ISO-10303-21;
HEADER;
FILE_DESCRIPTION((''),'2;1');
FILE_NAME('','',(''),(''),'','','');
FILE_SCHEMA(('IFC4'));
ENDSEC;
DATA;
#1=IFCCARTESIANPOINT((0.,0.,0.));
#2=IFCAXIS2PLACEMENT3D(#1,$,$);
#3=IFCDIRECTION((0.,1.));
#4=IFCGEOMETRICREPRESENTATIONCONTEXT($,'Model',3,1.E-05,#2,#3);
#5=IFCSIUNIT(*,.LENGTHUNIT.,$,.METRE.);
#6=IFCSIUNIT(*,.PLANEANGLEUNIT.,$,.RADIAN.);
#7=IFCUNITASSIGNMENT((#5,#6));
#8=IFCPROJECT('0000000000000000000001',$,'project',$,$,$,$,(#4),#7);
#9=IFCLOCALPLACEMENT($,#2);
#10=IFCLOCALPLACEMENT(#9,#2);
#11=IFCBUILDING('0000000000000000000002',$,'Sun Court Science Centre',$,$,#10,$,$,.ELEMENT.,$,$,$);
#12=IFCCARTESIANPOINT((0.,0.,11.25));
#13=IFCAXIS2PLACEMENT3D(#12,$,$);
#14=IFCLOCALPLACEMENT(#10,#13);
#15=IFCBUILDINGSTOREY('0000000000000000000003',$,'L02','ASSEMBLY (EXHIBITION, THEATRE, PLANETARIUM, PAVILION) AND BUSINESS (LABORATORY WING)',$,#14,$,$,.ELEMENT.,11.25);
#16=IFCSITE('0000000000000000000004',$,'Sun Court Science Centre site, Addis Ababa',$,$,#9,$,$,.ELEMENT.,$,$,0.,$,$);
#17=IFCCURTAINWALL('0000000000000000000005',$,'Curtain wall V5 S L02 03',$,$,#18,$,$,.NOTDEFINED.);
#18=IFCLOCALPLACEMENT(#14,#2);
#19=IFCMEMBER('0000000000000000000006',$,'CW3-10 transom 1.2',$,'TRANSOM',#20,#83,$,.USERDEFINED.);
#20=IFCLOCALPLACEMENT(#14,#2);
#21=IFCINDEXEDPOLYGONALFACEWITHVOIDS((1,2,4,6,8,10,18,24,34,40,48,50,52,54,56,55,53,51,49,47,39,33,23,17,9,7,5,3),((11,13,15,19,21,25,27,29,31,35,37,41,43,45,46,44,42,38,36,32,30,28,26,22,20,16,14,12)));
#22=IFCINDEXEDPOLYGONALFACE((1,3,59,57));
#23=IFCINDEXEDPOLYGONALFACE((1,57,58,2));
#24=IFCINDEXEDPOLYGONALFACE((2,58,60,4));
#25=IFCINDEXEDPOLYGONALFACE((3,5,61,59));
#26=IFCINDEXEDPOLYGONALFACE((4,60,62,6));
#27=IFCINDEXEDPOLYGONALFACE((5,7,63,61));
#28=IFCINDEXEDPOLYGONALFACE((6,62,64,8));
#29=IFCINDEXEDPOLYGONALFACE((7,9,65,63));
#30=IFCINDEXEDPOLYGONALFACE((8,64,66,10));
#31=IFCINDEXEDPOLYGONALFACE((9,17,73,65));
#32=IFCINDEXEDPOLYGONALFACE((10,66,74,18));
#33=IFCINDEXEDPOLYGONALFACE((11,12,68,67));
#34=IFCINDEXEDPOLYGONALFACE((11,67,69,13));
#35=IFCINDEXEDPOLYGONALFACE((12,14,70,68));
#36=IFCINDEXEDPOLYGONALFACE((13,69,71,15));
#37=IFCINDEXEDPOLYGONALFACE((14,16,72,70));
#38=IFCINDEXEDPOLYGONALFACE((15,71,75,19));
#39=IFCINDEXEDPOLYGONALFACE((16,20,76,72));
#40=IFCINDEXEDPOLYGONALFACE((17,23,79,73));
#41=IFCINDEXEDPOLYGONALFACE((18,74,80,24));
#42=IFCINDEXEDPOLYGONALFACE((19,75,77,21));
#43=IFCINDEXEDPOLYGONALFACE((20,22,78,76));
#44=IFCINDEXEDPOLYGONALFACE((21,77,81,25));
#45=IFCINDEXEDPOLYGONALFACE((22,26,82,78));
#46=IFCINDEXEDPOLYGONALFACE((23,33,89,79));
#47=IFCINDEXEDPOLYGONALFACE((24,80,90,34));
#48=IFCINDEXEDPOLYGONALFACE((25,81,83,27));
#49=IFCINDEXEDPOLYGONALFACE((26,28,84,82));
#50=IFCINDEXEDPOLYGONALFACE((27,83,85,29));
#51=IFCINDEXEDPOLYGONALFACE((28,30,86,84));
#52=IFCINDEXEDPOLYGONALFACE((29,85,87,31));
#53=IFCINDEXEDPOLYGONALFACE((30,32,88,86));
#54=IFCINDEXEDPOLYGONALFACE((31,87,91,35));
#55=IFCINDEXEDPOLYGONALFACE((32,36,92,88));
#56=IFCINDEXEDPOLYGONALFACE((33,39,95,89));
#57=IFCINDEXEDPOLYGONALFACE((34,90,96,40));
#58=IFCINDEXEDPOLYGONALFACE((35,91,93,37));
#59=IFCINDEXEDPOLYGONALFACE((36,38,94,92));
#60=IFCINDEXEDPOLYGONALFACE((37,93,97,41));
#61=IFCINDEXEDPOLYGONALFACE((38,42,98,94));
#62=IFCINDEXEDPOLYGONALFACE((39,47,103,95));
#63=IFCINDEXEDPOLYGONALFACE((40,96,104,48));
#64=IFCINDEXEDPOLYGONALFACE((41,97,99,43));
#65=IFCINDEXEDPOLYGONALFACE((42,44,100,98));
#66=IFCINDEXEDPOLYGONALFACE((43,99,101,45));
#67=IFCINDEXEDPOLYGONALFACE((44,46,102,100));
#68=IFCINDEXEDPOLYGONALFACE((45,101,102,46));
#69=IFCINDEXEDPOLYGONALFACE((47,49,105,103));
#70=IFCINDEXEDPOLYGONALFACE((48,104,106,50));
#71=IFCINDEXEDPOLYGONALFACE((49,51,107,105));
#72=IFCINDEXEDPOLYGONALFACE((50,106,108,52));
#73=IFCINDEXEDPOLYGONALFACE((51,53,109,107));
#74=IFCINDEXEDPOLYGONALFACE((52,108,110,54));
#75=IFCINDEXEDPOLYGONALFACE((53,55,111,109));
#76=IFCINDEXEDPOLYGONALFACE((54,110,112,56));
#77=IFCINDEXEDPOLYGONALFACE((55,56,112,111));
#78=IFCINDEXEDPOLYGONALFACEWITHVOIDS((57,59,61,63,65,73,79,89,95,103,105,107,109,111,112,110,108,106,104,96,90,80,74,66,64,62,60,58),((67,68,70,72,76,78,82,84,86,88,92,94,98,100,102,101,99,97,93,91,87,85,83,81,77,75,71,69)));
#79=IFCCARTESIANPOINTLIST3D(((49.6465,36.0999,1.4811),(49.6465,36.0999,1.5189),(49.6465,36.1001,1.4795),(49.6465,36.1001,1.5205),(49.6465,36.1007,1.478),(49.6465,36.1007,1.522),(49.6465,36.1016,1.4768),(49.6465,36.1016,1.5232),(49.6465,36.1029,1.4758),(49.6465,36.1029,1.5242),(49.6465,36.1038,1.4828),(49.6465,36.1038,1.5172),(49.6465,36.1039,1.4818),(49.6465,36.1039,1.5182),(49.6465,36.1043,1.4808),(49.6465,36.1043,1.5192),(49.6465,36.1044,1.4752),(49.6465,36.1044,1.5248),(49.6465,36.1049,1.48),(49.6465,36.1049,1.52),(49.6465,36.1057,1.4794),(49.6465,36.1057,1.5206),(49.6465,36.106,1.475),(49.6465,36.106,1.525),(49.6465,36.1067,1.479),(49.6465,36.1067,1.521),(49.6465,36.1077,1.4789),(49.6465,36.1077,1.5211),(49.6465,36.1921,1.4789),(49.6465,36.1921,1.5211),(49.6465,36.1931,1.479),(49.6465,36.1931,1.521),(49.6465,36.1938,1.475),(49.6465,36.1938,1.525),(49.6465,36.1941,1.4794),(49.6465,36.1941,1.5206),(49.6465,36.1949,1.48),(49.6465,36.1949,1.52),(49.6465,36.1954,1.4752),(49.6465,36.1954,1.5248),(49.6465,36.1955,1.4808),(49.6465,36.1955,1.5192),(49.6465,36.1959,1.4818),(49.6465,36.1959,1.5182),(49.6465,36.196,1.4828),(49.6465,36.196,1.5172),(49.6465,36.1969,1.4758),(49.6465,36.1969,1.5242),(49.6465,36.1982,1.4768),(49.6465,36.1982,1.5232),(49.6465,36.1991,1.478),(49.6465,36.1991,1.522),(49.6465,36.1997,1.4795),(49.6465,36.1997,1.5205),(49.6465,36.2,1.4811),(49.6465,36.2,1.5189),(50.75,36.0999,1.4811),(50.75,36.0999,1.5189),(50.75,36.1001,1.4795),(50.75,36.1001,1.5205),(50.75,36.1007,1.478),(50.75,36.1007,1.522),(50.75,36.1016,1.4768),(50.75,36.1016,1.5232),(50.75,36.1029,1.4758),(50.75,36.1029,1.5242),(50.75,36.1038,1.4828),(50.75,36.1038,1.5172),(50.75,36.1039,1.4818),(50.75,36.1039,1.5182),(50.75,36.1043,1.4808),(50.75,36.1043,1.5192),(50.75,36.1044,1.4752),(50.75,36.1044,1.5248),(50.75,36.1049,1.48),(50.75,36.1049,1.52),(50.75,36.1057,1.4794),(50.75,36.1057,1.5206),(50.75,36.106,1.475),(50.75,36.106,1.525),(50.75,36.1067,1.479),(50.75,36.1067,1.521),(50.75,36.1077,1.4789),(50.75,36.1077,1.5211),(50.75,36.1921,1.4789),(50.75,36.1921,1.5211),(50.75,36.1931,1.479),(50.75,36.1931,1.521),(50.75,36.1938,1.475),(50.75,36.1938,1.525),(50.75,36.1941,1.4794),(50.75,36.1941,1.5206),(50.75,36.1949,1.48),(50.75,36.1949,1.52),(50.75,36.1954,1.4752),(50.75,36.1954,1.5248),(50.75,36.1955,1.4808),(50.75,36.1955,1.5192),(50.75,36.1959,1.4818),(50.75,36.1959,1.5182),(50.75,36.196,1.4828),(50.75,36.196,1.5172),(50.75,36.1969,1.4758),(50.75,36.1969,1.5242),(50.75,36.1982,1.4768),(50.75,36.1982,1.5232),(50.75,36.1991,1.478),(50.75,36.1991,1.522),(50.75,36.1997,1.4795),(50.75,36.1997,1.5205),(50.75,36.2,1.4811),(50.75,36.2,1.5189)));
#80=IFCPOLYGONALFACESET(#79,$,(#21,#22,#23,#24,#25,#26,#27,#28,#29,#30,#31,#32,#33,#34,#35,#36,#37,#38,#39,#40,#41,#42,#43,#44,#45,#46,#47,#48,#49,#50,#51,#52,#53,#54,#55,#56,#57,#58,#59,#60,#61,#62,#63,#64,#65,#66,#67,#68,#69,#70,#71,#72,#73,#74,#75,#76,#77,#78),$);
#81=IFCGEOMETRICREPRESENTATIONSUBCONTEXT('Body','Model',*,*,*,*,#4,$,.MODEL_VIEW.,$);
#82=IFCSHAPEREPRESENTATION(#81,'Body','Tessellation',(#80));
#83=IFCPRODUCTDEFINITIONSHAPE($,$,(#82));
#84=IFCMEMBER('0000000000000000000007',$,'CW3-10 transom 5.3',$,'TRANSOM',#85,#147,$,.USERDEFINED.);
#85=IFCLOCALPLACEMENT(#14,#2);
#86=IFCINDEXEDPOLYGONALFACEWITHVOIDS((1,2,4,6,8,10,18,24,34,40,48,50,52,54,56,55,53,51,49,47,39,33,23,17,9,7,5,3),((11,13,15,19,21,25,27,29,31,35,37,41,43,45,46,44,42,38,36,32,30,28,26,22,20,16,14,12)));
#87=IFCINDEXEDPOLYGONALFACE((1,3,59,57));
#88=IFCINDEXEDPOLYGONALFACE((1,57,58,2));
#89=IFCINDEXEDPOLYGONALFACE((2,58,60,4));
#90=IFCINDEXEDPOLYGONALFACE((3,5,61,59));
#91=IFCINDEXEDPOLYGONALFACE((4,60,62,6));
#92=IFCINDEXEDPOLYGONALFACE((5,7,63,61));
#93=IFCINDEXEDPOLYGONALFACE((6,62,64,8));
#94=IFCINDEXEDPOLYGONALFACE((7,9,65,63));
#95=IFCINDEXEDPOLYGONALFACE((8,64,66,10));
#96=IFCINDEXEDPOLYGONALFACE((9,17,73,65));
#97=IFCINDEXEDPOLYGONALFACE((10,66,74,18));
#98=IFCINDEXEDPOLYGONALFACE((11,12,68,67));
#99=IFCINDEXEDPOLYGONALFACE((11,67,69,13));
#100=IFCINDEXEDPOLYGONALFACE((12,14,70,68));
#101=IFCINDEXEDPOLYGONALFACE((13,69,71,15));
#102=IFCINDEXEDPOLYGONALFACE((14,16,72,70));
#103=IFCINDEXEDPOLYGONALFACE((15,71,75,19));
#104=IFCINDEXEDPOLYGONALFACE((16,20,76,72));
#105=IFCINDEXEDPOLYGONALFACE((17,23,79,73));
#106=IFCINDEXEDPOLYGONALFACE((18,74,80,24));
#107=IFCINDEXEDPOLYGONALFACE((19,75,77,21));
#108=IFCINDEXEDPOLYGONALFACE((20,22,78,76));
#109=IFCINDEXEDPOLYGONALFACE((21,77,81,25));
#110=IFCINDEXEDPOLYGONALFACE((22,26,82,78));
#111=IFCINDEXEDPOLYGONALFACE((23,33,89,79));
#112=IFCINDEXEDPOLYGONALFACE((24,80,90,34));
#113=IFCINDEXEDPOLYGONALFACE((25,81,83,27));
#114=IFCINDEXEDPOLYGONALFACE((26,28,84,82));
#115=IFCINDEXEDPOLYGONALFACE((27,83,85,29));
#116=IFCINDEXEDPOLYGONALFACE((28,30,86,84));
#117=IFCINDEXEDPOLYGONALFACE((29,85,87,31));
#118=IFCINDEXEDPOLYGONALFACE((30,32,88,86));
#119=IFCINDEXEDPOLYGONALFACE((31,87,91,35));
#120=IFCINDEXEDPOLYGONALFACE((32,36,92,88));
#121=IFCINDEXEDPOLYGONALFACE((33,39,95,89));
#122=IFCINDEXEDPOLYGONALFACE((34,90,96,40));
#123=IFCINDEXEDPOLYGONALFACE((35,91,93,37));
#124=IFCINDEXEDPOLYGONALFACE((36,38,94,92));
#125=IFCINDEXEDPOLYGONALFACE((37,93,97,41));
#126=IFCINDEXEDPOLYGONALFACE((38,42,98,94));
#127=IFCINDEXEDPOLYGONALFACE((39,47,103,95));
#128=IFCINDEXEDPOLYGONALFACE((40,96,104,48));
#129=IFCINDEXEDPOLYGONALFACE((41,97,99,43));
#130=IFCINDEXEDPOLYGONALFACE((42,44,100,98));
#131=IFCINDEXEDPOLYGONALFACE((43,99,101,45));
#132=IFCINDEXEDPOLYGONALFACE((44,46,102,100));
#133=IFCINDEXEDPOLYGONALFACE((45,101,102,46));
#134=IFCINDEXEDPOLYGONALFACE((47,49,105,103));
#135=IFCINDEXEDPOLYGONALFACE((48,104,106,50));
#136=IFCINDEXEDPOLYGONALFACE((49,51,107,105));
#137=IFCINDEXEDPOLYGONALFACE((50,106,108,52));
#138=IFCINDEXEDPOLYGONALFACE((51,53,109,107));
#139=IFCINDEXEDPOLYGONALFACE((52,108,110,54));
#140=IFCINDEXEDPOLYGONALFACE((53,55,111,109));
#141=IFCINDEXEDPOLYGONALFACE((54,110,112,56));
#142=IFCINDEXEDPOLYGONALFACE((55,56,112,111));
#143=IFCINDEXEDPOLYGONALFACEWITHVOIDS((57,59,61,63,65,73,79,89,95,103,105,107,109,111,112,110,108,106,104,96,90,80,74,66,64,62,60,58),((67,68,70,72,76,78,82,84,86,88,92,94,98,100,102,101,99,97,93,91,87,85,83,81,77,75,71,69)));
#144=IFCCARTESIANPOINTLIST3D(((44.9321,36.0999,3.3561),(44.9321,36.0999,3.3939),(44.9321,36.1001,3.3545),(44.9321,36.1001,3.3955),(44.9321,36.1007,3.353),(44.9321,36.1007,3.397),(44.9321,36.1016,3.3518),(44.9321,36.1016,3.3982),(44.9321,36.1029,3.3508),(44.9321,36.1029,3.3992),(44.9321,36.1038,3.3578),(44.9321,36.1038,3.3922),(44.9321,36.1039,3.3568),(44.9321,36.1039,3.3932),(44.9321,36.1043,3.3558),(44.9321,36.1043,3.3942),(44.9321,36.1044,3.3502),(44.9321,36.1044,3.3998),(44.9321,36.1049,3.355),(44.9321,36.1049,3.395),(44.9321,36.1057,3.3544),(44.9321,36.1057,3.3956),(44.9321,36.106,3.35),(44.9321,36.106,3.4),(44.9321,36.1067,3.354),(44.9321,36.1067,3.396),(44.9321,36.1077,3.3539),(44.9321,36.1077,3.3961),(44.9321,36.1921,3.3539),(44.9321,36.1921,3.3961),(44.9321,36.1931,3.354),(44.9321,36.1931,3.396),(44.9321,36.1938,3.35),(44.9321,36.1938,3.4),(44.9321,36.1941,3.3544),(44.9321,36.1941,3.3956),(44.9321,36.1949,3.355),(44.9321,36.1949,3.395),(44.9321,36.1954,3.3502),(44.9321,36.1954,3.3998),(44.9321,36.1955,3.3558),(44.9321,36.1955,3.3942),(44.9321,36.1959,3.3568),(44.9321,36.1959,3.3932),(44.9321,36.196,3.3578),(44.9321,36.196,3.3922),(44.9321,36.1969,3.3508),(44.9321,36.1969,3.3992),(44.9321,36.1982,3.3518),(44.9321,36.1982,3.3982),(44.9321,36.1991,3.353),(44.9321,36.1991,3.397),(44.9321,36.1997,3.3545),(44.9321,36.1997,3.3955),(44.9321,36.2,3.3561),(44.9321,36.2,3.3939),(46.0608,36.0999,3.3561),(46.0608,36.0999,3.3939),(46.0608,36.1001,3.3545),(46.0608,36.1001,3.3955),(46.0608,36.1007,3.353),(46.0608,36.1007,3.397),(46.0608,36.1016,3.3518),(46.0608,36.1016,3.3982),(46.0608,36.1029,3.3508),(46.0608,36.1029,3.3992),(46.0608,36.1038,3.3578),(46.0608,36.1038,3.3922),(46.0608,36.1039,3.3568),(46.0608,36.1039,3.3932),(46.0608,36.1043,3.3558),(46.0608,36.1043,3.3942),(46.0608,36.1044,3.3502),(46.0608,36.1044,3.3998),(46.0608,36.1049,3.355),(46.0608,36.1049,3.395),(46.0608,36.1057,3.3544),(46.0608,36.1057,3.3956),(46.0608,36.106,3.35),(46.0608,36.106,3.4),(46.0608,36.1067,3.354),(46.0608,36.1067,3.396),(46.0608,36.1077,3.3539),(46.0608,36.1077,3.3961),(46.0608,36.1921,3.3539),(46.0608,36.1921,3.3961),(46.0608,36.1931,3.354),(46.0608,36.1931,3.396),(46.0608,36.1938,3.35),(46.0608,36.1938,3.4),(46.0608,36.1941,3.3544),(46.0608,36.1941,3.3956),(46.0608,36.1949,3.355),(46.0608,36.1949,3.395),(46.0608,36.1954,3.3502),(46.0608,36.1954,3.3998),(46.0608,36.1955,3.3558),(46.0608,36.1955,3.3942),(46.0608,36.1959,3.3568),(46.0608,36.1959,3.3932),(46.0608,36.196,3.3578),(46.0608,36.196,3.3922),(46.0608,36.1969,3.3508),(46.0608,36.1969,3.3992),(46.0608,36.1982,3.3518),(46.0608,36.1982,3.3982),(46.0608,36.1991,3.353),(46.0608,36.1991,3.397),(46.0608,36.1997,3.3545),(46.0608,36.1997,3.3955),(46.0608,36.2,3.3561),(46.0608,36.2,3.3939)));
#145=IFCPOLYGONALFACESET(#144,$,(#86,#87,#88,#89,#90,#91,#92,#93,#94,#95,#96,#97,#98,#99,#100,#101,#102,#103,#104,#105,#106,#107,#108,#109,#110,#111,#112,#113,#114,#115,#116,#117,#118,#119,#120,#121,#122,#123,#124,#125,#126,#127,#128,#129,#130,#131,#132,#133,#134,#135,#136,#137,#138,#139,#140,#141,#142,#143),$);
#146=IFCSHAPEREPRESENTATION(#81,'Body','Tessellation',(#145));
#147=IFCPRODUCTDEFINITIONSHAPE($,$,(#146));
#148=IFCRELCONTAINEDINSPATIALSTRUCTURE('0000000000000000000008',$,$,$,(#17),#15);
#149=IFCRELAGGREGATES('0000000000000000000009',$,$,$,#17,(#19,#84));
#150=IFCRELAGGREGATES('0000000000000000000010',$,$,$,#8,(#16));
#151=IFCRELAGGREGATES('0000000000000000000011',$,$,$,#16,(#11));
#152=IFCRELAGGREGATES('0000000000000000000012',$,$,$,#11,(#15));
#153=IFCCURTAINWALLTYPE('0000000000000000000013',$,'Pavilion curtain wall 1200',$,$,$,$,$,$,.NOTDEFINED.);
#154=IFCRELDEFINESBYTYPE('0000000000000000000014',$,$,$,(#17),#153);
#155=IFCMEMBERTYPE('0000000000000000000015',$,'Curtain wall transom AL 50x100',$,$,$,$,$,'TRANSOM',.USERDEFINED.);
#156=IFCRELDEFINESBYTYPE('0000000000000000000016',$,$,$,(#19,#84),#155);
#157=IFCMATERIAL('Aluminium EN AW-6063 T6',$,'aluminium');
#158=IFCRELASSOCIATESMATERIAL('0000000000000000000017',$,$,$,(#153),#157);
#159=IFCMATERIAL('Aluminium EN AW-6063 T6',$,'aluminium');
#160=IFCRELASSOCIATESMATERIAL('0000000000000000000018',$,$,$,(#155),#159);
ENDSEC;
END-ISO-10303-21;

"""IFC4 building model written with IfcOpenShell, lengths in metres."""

from ifc_helpers import new_model, si_unit, direction, frame, origin, origin_2d, place, context, subcontext, project, spatial, hollow_rectangle, extrude, material, material_profile, profile_set, type_object, element, aggregate, save


model = new_model("IFC4")

# Units and contexts
model_context = context("Model", 3, precision=1e-05, world=origin(), true_north=direction((0.0, 1.0)))
body_context = subcontext(model_context, "Body", "Model", "MODEL_VIEW")
ifc_project = project(units=[si_unit("LENGTHUNIT", "METRE"), si_unit("PLANEANGLEUNIT", "RADIAN")], contexts=[model_context])

# Site, building, storey
site_placement = place(None, origin())
site = spatial("IfcSite", under=ifc_project, at=site_placement, Name="Sun Court Science Centre site, Addis Ababa", CompositionType="ELEMENT", RefElevation=0.0)
building_placement = place(site_placement, origin())
building = spatial("IfcBuilding", under=site, at=building_placement, Name="Sun Court Science Centre", CompositionType="ELEMENT")
storey_placement = place(building_placement, frame((0.0, 0.0, 11.25)))
storey = spatial("IfcBuildingStorey", under=building, at=storey_placement, Name="L02", Description="ASSEMBLY (EXHIBITION, THEATRE, PLANETARIUM, PAVILION) AND BUSINESS (LABORATORY WING)", CompositionType="ELEMENT", Elevation=11.25)

# Curtain wall, members
ifc_material_1 = material(Name="Aluminium EN AW-6063 T6", Category="aluminium")
curtain_wall_type = type_object("IfcCurtainWallType", Name="Pavilion curtain wall 1200", PredefinedType="NOTDEFINED", material=ifc_material_1)
curtain_wall_placement = place(storey_placement, origin())
curtain_wall = element("IfcCurtainWall", 1, at=curtain_wall_placement, inside=storey, type_object=curtain_wall_type, Name="Curtain wall V5 S L02 03", PredefinedType="NOTDEFINED")
ifc_material_2 = material(Name="Aluminium EN AW-6063 T6", Category="aluminium")
ifc_material_profile_1 = material_profile(ifc_material_2, hollow_rectangle(XDim=0.05, YDim=0.1001, WallThickness=0.0039, InnerFilletRadius=0.0039, OuterFilletRadius=0.0061, at=origin_2d()), Name="AL 50x100x4")
ifc_profile_set_1 = profile_set([ifc_material_profile_1], Name="Aluminium EN AW-6063 T6")
member_type_1 = type_object("IfcMemberType", Name="Curtain wall transom AL 50x100", ElementType="TRANSOM", PredefinedType="USERDEFINED", material=ifc_profile_set_1)
member_1_placement = place(storey_placement, frame((50.75, 36.1499, 1.5), z_axis=(-1.0, 0.0, 0.0), x_axis=(0.0, 0.0, 1.0)))
member_1 = element("IfcMember", 2, at=member_1_placement, type_object=member_type_1, Name="CW3-10 transom 1.2", ObjectType="TRANSOM", PredefinedType="USERDEFINED", context=body_context, shape_type="SweptSolid", body=[
    extrude(hollow_rectangle(XDim=0.05, YDim=0.1001, WallThickness=0.0039, InnerFilletRadius=0.0039, OuterFilletRadius=0.0061, at=origin_2d()), origin(), (0.0, 0.0, 1.0), 1.1035),
])
member_2_placement = place(storey_placement, frame((46.0608, 36.1499, 3.375), z_axis=(-1.0, 0.0, 0.0), x_axis=(0.0, 0.0, 1.0)))
member_2 = element("IfcMember", 3, at=member_2_placement, type_object=member_type_1, Name="CW3-10 transom 5.3", ObjectType="TRANSOM", PredefinedType="USERDEFINED", context=body_context, shape_type="SweptSolid", body=[
    extrude(hollow_rectangle(XDim=0.05, YDim=0.1001, WallThickness=0.0039, InnerFilletRadius=0.0039, OuterFilletRadius=0.0061, at=origin_2d()), origin(), (0.0, 0.0, 1.0), 1.1287),
])
aggregate(curtain_wall, [member_1, member_2])

save(model, "model.ifc")
